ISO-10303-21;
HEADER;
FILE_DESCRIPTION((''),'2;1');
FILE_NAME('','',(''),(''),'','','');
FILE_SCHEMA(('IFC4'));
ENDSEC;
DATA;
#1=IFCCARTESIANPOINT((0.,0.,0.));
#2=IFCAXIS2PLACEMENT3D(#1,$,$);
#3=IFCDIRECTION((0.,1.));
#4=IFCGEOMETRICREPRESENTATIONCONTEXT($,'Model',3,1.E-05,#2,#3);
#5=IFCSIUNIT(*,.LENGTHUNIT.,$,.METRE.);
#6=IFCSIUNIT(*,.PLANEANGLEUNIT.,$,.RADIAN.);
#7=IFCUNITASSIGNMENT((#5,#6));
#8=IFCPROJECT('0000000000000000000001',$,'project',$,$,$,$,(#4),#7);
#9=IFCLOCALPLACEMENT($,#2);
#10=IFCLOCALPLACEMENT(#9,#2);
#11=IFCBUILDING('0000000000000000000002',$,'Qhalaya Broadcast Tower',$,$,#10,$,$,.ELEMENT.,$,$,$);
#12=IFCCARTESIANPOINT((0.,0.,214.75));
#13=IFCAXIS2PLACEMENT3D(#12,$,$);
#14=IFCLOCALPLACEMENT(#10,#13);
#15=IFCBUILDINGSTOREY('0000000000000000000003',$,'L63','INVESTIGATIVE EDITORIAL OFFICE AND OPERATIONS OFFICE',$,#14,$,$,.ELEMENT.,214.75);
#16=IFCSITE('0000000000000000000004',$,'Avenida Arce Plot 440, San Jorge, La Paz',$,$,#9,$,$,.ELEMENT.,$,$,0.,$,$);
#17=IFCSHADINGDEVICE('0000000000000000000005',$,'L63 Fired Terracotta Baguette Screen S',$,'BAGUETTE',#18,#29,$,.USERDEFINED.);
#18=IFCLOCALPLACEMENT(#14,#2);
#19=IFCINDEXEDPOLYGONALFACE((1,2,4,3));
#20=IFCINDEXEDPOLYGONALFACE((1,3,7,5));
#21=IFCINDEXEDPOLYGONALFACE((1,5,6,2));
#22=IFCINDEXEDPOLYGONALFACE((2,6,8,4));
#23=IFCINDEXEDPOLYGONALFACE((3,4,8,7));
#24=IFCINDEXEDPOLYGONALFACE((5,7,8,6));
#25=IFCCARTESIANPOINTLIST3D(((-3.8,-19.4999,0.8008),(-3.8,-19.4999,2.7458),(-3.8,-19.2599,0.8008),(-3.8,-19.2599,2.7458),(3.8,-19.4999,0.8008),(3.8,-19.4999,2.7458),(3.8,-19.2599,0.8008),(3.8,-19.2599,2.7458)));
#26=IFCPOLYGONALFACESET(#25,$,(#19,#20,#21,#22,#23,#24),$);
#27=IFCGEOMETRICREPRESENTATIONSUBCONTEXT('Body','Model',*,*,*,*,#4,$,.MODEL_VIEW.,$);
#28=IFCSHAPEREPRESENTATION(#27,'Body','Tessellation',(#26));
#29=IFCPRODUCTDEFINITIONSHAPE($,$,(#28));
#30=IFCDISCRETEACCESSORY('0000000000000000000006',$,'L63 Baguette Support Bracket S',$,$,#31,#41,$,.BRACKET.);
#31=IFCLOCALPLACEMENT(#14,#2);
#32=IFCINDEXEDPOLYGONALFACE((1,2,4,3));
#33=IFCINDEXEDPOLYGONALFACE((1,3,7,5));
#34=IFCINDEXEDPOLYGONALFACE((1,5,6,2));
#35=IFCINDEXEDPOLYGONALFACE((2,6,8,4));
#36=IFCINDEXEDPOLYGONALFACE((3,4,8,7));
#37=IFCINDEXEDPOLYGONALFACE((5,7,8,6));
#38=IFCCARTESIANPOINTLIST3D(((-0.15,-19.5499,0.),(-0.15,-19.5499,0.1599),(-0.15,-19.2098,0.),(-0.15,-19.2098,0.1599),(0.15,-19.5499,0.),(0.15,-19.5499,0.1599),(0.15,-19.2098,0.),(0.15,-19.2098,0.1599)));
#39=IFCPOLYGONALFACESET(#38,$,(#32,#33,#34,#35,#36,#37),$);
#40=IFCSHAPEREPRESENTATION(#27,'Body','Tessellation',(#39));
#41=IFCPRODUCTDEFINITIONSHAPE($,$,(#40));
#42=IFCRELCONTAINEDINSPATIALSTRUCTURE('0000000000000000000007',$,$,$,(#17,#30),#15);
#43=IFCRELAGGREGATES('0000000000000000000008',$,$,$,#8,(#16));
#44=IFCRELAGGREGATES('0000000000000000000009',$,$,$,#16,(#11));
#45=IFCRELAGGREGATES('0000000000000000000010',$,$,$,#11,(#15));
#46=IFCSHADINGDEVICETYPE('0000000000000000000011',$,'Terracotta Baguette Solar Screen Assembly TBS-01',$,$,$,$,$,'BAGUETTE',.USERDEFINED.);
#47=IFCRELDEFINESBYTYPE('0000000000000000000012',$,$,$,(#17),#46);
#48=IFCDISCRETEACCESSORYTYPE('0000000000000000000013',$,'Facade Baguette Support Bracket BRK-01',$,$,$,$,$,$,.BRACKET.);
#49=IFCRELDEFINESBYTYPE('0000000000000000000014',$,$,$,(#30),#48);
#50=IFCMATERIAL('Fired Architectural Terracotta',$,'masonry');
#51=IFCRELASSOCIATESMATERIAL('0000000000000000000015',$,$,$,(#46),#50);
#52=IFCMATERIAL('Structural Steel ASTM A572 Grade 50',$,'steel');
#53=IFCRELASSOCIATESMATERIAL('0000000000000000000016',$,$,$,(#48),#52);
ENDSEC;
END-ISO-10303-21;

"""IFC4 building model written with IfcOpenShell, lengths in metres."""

from ifc_helpers import new_model, si_unit, direction, frame, origin, origin_2d, place, context, subcontext, project, spatial, rectangle, extrude, material, type_object, element, save


model = new_model("IFC4")

# Units and contexts
model_context = context("Model", 3, precision=1e-05, world=origin(), true_north=direction((0.0, 1.0)))
body_context = subcontext(model_context, "Body", "Model", "MODEL_VIEW")
ifc_project = project(units=[si_unit("LENGTHUNIT", "METRE"), si_unit("PLANEANGLEUNIT", "RADIAN")], contexts=[model_context])

# Site, building, storey
site_placement = place(None, origin())
site = spatial("IfcSite", under=ifc_project, at=site_placement, Name="Avenida Arce Plot 440, San Jorge, La Paz", CompositionType="ELEMENT", RefElevation=0.0)
building_placement = place(site_placement, origin())
building = spatial("IfcBuilding", under=site, at=building_placement, Name="Qhalaya Broadcast Tower", CompositionType="ELEMENT")
storey_placement = place(building_placement, frame((0.0, 0.0, 214.75)))
storey = spatial("IfcBuildingStorey", under=building, at=storey_placement, Name="L63", Description="INVESTIGATIVE EDITORIAL OFFICE AND OPERATIONS OFFICE", CompositionType="ELEMENT", Elevation=214.75)

# Shared definitions
ifc_material_1 = material(Name="Structural Steel ASTM A572 Grade 50", Category="steel")

# Shading device
ifc_material_2 = material(Name="Fired Architectural Terracotta", Category="masonry")
shading_device_type = type_object("IfcShadingDeviceType", Name="Terracotta Baguette Solar Screen Assembly TBS-01", ElementType="BAGUETTE", PredefinedType="USERDEFINED", material=ifc_material_2)
shading_device_placement = place(storey_placement, frame((0.0, -19.3799, 0.8008), z_axis=(0.0, 0.0, 1.0), x_axis=(1.0, 0.0, 0.0)))
element("IfcShadingDevice", 1, at=shading_device_placement, inside=storey, type_object=shading_device_type, Name="L63 Fired Terracotta Baguette Screen S", ObjectType="BAGUETTE", PredefinedType="USERDEFINED", context=body_context, shape_type="SweptSolid", body=[
    extrude(rectangle(XDim=7.6001, YDim=0.24, at=origin_2d()), origin(), (0.0, 0.0, 1.0), 1.9451),
])

# Discrete accessory
discrete_accessory_type = type_object("IfcDiscreteAccessoryType", Name="Facade Baguette Support Bracket BRK-01", PredefinedType="BRACKET", material=ifc_material_1)
discrete_accessory_placement = place(storey_placement, frame((0.0, -19.3799, 0.0), z_axis=(0.0, 0.0, 1.0), x_axis=(1.0, 0.0, 0.0)))
element("IfcDiscreteAccessory", 2, at=discrete_accessory_placement, inside=storey, type_object=discrete_accessory_type, Name="L63 Baguette Support Bracket S", PredefinedType="BRACKET", context=body_context, shape_type="SweptSolid", body=[
    extrude(rectangle(XDim=0.3, YDim=0.3401, at=origin_2d()), origin(), (0.0, 0.0, 1.0), 0.1599),
])

save(model, "model.ifc")
